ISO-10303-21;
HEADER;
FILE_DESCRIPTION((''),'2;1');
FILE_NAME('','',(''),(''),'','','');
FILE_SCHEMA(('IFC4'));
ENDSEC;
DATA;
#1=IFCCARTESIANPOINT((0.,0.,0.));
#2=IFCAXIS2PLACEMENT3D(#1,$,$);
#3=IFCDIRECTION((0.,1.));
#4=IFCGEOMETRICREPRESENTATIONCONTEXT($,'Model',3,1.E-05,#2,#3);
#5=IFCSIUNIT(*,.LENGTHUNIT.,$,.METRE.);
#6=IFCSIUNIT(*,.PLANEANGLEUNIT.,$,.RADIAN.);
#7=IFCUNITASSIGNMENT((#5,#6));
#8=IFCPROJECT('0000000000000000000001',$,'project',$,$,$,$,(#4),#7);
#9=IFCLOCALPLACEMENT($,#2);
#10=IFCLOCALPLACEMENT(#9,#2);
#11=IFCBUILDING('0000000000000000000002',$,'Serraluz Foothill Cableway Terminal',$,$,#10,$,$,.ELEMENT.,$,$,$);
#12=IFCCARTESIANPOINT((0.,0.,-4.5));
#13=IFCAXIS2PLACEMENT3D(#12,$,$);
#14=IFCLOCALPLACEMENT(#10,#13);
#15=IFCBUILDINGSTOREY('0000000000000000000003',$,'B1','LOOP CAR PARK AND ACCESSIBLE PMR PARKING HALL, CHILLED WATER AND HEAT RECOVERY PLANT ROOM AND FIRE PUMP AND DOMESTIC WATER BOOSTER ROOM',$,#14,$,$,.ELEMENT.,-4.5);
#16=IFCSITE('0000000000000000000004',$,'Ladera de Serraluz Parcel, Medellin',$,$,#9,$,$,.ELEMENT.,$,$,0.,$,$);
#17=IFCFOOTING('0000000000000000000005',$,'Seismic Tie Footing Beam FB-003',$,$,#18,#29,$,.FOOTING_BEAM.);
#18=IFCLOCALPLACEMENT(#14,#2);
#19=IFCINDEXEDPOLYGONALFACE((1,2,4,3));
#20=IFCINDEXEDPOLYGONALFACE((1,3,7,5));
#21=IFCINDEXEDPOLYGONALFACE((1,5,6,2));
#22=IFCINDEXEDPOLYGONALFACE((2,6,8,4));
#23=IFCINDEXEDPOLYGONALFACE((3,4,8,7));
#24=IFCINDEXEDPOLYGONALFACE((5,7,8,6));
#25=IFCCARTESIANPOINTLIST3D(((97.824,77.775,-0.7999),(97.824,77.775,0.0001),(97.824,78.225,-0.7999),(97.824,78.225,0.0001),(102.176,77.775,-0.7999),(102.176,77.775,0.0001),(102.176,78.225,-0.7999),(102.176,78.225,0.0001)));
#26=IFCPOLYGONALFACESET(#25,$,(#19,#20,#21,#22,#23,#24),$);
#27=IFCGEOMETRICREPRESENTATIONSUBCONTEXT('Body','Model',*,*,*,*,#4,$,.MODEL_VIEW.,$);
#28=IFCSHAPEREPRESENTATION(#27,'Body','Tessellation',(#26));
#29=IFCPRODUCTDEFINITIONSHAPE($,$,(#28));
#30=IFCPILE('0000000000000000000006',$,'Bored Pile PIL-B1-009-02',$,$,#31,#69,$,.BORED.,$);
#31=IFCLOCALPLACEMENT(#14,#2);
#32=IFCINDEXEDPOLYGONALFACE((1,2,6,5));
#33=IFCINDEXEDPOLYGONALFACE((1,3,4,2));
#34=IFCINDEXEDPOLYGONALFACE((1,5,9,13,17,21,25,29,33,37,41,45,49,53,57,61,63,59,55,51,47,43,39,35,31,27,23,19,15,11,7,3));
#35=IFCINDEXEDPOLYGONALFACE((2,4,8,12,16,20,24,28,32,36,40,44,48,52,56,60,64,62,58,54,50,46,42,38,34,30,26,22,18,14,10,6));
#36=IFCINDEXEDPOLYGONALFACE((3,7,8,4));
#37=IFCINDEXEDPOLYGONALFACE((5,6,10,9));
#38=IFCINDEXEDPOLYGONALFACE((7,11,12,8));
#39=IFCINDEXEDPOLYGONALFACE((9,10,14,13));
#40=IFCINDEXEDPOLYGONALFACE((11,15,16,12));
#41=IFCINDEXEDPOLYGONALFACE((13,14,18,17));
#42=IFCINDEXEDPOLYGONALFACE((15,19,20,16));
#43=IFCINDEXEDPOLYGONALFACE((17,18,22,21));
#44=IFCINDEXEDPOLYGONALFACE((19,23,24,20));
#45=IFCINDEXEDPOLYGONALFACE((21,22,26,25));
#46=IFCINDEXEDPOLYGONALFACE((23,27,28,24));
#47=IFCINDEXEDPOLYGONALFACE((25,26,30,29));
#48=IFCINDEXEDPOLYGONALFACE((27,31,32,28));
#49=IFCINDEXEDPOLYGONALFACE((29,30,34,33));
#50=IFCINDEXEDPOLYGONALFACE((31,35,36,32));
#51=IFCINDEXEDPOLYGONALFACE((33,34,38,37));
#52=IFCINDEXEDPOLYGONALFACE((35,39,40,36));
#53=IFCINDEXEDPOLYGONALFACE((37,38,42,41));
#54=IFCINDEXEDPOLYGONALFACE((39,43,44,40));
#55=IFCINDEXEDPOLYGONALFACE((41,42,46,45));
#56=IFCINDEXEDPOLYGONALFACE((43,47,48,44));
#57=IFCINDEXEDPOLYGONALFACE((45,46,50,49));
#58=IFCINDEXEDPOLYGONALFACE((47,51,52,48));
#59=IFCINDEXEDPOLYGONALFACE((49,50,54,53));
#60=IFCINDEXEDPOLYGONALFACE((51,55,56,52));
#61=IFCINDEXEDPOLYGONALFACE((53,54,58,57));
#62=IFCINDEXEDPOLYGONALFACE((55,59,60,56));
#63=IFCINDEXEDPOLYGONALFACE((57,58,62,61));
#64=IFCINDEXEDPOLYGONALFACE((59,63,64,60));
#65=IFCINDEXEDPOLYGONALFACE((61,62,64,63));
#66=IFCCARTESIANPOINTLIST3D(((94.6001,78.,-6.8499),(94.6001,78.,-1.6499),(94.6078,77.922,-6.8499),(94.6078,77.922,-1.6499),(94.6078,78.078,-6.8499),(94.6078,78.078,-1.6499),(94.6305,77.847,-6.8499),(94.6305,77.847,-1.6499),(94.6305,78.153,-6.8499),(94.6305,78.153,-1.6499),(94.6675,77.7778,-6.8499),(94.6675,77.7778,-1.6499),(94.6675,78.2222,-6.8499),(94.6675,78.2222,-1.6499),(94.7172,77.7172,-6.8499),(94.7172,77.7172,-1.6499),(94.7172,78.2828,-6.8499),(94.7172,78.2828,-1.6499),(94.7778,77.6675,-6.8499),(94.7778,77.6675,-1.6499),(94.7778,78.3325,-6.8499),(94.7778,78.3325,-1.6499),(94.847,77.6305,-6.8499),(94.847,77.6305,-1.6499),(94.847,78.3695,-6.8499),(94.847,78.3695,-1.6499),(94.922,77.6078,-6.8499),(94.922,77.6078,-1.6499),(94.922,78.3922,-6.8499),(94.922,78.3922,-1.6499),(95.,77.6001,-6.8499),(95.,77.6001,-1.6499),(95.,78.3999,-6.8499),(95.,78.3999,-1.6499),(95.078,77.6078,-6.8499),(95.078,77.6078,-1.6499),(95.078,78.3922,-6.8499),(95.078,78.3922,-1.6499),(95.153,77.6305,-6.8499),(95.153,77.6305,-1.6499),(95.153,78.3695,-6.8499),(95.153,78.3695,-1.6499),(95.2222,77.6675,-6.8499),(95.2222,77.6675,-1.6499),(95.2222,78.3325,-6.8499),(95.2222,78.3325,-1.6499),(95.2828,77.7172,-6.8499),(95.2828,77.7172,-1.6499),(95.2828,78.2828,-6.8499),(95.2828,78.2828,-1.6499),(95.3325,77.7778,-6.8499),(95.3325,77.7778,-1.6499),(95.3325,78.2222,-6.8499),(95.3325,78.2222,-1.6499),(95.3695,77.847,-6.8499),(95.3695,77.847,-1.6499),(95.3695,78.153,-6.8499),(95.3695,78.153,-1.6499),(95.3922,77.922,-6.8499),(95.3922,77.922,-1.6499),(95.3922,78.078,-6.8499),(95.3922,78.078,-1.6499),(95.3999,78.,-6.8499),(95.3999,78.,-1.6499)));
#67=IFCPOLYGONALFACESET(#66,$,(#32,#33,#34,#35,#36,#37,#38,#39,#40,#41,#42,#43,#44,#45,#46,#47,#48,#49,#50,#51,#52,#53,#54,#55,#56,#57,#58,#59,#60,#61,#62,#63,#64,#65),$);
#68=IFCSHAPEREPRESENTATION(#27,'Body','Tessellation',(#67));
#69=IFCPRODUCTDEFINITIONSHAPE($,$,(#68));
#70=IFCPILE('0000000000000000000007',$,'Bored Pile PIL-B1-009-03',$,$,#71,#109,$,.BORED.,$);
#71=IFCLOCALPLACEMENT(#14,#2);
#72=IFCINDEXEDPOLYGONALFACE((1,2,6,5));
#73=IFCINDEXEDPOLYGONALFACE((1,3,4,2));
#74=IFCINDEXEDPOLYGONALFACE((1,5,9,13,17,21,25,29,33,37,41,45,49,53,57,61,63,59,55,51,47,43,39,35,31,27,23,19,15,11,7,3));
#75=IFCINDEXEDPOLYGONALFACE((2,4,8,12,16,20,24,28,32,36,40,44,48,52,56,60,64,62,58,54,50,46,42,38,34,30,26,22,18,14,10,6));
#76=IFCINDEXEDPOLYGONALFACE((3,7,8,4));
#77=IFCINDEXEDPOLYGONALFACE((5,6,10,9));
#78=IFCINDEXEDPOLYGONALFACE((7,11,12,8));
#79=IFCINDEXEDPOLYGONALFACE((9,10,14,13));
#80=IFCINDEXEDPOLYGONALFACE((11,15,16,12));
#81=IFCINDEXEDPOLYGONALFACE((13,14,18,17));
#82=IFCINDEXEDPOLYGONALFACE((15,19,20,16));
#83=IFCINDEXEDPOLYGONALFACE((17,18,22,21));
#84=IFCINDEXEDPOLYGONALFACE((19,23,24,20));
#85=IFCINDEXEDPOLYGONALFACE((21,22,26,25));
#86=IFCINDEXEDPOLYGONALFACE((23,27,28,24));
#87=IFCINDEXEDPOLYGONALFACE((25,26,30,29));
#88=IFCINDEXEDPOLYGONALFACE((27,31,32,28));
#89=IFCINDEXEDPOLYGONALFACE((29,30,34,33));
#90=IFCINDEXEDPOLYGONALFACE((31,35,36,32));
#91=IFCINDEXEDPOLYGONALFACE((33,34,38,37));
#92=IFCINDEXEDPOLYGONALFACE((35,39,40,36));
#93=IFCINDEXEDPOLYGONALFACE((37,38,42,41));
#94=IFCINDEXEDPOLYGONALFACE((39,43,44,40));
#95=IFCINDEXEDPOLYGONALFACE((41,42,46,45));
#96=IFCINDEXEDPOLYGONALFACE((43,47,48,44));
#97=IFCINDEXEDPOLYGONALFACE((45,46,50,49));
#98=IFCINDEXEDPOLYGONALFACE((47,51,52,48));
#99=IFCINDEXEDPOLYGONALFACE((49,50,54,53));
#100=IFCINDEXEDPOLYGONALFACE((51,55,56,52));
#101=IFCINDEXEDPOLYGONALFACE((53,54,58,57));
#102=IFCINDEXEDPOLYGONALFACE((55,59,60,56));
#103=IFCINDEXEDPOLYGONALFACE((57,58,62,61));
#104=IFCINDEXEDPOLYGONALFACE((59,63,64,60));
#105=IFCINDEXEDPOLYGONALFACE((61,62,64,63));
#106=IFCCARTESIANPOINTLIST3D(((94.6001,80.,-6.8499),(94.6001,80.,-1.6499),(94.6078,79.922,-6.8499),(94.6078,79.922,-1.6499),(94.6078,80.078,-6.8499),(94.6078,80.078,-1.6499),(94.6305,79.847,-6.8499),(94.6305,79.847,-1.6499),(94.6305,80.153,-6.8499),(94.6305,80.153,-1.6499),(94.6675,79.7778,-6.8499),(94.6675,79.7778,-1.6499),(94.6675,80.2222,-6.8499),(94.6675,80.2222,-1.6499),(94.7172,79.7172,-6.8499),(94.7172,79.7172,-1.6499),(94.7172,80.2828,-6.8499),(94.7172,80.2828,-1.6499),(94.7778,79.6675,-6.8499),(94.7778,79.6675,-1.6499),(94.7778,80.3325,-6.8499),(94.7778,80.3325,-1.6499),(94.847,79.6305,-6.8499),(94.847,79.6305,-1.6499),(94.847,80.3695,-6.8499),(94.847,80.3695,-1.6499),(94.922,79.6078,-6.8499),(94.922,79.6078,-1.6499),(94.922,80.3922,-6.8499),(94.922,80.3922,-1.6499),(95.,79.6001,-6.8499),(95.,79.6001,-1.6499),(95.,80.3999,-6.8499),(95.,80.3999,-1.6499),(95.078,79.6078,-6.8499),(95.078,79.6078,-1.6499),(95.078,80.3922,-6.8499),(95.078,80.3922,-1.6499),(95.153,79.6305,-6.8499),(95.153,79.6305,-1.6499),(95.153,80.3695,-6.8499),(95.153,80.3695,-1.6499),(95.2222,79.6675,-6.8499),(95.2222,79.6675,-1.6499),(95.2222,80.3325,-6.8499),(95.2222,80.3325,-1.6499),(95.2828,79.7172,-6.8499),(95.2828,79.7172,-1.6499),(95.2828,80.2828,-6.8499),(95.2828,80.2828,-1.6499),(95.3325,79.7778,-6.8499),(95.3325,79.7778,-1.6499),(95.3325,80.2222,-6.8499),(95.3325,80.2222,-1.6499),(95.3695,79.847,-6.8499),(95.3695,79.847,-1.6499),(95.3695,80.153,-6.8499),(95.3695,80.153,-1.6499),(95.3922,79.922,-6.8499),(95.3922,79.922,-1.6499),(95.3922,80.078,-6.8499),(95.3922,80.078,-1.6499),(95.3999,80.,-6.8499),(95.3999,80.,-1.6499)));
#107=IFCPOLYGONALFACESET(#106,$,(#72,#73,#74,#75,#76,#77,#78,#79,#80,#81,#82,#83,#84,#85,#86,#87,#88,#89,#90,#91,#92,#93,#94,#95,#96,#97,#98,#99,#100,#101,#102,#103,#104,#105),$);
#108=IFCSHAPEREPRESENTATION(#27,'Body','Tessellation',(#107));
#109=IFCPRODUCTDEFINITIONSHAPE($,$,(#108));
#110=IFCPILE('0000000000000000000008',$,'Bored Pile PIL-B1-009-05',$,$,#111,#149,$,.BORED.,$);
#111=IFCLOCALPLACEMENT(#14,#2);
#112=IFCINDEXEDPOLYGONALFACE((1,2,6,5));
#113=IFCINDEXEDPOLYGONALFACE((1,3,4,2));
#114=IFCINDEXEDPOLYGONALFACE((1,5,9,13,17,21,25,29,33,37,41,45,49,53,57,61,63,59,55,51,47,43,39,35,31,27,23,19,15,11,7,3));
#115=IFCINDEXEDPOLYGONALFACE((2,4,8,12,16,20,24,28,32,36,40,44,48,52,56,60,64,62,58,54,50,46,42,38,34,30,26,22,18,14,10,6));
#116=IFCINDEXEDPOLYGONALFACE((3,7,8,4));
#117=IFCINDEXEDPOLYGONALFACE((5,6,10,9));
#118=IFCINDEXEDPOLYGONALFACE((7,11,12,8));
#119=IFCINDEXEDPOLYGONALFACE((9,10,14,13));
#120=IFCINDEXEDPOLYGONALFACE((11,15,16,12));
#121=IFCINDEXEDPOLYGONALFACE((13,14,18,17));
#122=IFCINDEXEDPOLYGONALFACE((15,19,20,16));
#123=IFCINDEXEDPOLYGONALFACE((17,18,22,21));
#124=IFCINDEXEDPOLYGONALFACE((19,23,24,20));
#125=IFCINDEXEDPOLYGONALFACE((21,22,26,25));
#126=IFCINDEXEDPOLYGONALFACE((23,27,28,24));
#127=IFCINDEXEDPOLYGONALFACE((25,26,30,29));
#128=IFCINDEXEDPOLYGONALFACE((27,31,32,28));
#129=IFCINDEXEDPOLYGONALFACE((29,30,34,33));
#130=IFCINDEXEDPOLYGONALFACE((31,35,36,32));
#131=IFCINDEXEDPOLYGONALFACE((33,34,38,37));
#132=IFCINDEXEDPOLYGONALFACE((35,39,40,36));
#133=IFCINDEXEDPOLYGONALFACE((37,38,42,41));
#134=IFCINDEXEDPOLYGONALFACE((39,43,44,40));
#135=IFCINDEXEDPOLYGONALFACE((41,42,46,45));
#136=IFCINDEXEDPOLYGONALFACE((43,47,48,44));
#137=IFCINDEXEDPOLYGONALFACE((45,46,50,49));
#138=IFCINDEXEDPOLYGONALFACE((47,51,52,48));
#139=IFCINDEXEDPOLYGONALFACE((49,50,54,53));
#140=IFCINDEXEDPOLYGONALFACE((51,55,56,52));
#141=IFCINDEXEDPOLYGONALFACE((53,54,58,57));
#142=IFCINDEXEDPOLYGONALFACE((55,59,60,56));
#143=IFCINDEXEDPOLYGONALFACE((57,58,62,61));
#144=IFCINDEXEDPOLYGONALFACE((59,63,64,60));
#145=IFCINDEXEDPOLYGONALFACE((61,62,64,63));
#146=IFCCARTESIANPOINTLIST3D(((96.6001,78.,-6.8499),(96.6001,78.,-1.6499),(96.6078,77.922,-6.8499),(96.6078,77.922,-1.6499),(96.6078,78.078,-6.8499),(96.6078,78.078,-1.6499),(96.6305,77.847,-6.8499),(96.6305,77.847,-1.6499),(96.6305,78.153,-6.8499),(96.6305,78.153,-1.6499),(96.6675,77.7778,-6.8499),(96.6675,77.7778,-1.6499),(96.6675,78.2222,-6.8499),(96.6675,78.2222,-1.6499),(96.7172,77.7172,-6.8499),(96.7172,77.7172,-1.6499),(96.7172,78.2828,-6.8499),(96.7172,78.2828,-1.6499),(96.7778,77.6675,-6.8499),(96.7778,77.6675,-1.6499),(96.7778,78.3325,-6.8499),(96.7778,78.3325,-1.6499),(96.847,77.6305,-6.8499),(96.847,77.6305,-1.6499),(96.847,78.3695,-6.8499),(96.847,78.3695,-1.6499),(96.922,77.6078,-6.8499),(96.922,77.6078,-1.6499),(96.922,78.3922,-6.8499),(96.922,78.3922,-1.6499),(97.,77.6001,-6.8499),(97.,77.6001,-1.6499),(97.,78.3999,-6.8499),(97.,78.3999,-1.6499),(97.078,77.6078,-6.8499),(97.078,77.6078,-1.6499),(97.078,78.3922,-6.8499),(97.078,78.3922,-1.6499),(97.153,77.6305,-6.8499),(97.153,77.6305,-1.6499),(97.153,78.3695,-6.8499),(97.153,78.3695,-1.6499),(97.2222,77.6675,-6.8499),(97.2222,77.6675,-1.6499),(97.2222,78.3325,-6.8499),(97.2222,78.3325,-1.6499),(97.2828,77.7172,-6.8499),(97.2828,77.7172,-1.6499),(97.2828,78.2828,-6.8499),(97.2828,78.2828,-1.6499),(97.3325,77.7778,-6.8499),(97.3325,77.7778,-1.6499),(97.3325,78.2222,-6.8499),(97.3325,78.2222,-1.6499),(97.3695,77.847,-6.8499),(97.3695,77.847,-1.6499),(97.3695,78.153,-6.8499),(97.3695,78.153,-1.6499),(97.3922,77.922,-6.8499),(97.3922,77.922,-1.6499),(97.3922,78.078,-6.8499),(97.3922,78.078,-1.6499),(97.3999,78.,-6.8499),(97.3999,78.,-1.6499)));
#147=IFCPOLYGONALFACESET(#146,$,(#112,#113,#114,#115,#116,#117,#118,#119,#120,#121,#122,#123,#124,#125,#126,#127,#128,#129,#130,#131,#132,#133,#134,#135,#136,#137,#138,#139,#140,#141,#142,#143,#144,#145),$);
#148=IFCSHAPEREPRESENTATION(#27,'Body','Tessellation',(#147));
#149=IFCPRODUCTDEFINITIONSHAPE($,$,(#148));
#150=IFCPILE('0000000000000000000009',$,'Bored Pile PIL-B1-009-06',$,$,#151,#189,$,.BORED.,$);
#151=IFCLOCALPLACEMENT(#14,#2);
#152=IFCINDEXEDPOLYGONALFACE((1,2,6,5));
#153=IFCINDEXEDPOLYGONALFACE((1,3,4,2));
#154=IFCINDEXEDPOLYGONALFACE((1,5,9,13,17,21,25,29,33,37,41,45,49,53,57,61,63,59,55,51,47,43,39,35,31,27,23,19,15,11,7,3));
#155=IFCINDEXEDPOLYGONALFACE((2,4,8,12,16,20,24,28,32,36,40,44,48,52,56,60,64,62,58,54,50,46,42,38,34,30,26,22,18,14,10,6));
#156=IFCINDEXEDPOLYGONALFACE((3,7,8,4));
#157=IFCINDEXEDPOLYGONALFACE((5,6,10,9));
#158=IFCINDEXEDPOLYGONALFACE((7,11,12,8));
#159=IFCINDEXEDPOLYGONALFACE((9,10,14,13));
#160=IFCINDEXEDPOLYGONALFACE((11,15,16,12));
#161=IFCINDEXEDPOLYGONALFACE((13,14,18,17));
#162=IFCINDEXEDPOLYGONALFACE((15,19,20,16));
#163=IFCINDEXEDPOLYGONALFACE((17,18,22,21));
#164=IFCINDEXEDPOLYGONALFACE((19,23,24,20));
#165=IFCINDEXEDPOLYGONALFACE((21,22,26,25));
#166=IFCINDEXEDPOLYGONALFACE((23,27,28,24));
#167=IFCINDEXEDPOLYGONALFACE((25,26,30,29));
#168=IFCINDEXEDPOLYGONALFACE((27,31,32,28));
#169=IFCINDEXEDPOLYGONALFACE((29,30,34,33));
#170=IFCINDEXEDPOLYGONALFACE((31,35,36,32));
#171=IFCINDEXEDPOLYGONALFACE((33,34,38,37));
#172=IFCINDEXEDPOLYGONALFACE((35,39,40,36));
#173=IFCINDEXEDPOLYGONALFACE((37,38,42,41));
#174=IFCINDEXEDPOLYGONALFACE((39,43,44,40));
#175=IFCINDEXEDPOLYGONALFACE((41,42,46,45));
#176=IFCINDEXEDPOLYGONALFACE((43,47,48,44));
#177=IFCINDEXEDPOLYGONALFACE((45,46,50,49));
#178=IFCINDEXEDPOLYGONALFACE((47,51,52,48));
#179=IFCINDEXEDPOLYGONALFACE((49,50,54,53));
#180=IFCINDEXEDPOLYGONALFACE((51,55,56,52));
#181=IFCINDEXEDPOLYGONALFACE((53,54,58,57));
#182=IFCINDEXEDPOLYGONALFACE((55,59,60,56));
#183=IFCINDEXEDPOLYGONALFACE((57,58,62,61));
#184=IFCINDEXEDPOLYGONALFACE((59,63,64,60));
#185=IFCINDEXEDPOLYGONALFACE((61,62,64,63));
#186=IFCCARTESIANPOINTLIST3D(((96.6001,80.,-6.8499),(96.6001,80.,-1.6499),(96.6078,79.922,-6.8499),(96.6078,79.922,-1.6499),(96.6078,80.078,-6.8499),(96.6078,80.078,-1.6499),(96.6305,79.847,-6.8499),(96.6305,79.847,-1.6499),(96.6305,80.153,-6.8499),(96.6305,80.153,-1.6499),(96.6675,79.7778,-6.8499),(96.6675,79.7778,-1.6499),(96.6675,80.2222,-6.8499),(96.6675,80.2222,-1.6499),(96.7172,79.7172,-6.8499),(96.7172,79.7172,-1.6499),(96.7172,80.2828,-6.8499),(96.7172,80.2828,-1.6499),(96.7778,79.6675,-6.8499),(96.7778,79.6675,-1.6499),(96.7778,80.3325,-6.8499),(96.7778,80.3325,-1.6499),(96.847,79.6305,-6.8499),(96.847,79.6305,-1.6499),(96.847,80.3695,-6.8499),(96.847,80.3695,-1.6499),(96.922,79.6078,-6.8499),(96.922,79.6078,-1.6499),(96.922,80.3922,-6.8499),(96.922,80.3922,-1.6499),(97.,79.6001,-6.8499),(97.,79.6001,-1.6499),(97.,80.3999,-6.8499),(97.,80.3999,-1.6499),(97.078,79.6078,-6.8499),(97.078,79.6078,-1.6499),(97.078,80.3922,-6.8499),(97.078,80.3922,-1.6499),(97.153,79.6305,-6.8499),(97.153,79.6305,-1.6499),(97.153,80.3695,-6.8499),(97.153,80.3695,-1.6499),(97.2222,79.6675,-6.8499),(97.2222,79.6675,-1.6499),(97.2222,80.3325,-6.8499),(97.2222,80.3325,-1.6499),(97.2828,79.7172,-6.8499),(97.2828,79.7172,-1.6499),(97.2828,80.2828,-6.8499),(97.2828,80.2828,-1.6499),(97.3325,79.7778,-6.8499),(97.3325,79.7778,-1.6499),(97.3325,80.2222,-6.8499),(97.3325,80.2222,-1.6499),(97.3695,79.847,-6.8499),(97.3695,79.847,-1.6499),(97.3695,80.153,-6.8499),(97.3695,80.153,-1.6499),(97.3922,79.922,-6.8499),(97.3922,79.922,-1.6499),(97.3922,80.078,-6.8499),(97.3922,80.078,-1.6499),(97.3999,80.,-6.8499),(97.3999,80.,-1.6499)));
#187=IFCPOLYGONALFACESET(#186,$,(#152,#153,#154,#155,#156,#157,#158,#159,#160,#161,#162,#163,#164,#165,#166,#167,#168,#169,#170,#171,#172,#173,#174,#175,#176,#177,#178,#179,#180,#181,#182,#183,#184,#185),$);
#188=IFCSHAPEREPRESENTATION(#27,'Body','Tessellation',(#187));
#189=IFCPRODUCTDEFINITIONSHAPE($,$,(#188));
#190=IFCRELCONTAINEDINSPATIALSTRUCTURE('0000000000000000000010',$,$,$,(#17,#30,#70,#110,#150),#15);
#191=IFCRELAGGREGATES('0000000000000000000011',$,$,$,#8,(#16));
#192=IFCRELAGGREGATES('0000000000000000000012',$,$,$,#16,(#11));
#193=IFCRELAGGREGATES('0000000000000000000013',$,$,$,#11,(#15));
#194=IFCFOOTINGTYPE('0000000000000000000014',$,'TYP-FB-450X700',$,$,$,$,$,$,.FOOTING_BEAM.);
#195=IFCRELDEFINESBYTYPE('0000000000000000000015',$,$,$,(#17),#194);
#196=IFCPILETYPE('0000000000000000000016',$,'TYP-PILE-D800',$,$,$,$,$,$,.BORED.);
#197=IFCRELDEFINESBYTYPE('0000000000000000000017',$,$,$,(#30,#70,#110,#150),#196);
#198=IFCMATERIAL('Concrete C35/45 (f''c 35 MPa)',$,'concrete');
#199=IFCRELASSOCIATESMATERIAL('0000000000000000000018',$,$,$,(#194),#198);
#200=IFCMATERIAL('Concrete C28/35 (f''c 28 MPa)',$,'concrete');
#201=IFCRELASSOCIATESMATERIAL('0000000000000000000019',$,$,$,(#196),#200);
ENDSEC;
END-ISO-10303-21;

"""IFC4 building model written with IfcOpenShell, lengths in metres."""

from ifc_helpers import new_model, si_unit, direction, frame, origin, origin_2d, place, context, subcontext, project, spatial, rectangle, circle, extrude, material, material_profile, profile_set, type_object, element, save


model = new_model("IFC4")

# Units and contexts
model_context = context("Model", 3, precision=1e-05, world=origin(), true_north=direction((0.0, 1.0)))
body_context = subcontext(model_context, "Body", "Model", "MODEL_VIEW")
ifc_project = project(units=[si_unit("LENGTHUNIT", "METRE"), si_unit("PLANEANGLEUNIT", "RADIAN")], contexts=[model_context])

# Site, building, storey
site_placement = place(None, origin())
site = spatial("IfcSite", under=ifc_project, at=site_placement, Name="Ladera de Serraluz Parcel, Medellin", CompositionType="ELEMENT", RefElevation=0.0)
building_placement = place(site_placement, origin())
building = spatial("IfcBuilding", under=site, at=building_placement, Name="Serraluz Foothill Cableway Terminal", CompositionType="ELEMENT")
storey_placement = place(building_placement, frame((0.0, 0.0, -4.5)))
storey = spatial("IfcBuildingStorey", under=building, at=storey_placement, Name="B1", Description="LOOP CAR PARK AND ACCESSIBLE PMR PARKING HALL, CHILLED WATER AND HEAT RECOVERY PLANT ROOM AND FIRE PUMP AND DOMESTIC WATER BOOSTER ROOM", CompositionType="ELEMENT", Elevation=-4.5)

# Footing
ifc_material_1 = material(Name="Concrete C35/45 (f'c 35 MPa)", Category="concrete")
ifc_material_profile_1 = material_profile(ifc_material_1, rectangle(XDim=0.45, YDim=0.8, at=origin_2d()), Name="RC 450x800")
ifc_profile_set_1 = profile_set([ifc_material_profile_1], Name="Concrete C35/45 (f'c 35 MPa)")
footing_type_1 = type_object("IfcFootingType", Name="TYP-FB-450X700", PredefinedType="FOOTING_BEAM", material=ifc_profile_set_1)
footing_1_placement = place(storey_placement, frame((97.824, 78.0, -0.3999), z_axis=(1.0, 0.0, 0.0), x_axis=(0.0, 1.0, 0.0)))
element("IfcFooting", 1, at=footing_1_placement, inside=storey, type_object=footing_type_1, Name="Seismic Tie Footing Beam FB-003", PredefinedType="FOOTING_BEAM", context=body_context, shape_type="SweptSolid", body=[
    extrude(rectangle(XDim=0.45, YDim=0.8, at=origin_2d()), origin(), (0.0, 0.0, 1.0), 4.3521),
])

# Piles
ifc_material_2 = material(Name="Concrete C28/35 (f'c 28 MPa)", Category="concrete")
ifc_material_profile_2 = material_profile(ifc_material_2, circle(Radius=0.3999, at=origin_2d()), Name="BORED PILE D800")
ifc_profile_set_2 = profile_set([ifc_material_profile_2], Name="Concrete C28/35 (f'c 28 MPa)")
pile_type = type_object("IfcPileType", Name="TYP-PILE-D800", PredefinedType="BORED", material=ifc_profile_set_2)
for number, where, z_axis, x_axis, name in (
    (2, (95.0, 78.0, -1.6499), (0.0, 0.0, -1.0), (1.0, 0.0, 0.0), "Bored Pile PIL-B1-009-02"),
    (3, (95.0, 80.0, -1.6499), (0.0, 0.0, -1.0), (1.0, 0.0, 0.0), "Bored Pile PIL-B1-009-03"),
    (4, (97.0, 78.0, -1.6499), (0.0, 0.0, -1.0), (1.0, 0.0, 0.0), "Bored Pile PIL-B1-009-05"),
    (5, (97.0, 80.0, -1.6499), (0.0, 0.0, -1.0), (1.0, 0.0, 0.0), "Bored Pile PIL-B1-009-06"),
):
    element("IfcPile", number, at=place(storey_placement, frame(where, z_axis=z_axis, x_axis=x_axis)), inside=storey, type_object=pile_type, Name=name, PredefinedType="BORED", context=body_context, shape_type="SweptSolid", body=[
        extrude(circle(Radius=0.3999, at=origin_2d()), origin(), (0.0, 0.0, 1.0), 5.2),
    ])

save(model, "model.ifc")
